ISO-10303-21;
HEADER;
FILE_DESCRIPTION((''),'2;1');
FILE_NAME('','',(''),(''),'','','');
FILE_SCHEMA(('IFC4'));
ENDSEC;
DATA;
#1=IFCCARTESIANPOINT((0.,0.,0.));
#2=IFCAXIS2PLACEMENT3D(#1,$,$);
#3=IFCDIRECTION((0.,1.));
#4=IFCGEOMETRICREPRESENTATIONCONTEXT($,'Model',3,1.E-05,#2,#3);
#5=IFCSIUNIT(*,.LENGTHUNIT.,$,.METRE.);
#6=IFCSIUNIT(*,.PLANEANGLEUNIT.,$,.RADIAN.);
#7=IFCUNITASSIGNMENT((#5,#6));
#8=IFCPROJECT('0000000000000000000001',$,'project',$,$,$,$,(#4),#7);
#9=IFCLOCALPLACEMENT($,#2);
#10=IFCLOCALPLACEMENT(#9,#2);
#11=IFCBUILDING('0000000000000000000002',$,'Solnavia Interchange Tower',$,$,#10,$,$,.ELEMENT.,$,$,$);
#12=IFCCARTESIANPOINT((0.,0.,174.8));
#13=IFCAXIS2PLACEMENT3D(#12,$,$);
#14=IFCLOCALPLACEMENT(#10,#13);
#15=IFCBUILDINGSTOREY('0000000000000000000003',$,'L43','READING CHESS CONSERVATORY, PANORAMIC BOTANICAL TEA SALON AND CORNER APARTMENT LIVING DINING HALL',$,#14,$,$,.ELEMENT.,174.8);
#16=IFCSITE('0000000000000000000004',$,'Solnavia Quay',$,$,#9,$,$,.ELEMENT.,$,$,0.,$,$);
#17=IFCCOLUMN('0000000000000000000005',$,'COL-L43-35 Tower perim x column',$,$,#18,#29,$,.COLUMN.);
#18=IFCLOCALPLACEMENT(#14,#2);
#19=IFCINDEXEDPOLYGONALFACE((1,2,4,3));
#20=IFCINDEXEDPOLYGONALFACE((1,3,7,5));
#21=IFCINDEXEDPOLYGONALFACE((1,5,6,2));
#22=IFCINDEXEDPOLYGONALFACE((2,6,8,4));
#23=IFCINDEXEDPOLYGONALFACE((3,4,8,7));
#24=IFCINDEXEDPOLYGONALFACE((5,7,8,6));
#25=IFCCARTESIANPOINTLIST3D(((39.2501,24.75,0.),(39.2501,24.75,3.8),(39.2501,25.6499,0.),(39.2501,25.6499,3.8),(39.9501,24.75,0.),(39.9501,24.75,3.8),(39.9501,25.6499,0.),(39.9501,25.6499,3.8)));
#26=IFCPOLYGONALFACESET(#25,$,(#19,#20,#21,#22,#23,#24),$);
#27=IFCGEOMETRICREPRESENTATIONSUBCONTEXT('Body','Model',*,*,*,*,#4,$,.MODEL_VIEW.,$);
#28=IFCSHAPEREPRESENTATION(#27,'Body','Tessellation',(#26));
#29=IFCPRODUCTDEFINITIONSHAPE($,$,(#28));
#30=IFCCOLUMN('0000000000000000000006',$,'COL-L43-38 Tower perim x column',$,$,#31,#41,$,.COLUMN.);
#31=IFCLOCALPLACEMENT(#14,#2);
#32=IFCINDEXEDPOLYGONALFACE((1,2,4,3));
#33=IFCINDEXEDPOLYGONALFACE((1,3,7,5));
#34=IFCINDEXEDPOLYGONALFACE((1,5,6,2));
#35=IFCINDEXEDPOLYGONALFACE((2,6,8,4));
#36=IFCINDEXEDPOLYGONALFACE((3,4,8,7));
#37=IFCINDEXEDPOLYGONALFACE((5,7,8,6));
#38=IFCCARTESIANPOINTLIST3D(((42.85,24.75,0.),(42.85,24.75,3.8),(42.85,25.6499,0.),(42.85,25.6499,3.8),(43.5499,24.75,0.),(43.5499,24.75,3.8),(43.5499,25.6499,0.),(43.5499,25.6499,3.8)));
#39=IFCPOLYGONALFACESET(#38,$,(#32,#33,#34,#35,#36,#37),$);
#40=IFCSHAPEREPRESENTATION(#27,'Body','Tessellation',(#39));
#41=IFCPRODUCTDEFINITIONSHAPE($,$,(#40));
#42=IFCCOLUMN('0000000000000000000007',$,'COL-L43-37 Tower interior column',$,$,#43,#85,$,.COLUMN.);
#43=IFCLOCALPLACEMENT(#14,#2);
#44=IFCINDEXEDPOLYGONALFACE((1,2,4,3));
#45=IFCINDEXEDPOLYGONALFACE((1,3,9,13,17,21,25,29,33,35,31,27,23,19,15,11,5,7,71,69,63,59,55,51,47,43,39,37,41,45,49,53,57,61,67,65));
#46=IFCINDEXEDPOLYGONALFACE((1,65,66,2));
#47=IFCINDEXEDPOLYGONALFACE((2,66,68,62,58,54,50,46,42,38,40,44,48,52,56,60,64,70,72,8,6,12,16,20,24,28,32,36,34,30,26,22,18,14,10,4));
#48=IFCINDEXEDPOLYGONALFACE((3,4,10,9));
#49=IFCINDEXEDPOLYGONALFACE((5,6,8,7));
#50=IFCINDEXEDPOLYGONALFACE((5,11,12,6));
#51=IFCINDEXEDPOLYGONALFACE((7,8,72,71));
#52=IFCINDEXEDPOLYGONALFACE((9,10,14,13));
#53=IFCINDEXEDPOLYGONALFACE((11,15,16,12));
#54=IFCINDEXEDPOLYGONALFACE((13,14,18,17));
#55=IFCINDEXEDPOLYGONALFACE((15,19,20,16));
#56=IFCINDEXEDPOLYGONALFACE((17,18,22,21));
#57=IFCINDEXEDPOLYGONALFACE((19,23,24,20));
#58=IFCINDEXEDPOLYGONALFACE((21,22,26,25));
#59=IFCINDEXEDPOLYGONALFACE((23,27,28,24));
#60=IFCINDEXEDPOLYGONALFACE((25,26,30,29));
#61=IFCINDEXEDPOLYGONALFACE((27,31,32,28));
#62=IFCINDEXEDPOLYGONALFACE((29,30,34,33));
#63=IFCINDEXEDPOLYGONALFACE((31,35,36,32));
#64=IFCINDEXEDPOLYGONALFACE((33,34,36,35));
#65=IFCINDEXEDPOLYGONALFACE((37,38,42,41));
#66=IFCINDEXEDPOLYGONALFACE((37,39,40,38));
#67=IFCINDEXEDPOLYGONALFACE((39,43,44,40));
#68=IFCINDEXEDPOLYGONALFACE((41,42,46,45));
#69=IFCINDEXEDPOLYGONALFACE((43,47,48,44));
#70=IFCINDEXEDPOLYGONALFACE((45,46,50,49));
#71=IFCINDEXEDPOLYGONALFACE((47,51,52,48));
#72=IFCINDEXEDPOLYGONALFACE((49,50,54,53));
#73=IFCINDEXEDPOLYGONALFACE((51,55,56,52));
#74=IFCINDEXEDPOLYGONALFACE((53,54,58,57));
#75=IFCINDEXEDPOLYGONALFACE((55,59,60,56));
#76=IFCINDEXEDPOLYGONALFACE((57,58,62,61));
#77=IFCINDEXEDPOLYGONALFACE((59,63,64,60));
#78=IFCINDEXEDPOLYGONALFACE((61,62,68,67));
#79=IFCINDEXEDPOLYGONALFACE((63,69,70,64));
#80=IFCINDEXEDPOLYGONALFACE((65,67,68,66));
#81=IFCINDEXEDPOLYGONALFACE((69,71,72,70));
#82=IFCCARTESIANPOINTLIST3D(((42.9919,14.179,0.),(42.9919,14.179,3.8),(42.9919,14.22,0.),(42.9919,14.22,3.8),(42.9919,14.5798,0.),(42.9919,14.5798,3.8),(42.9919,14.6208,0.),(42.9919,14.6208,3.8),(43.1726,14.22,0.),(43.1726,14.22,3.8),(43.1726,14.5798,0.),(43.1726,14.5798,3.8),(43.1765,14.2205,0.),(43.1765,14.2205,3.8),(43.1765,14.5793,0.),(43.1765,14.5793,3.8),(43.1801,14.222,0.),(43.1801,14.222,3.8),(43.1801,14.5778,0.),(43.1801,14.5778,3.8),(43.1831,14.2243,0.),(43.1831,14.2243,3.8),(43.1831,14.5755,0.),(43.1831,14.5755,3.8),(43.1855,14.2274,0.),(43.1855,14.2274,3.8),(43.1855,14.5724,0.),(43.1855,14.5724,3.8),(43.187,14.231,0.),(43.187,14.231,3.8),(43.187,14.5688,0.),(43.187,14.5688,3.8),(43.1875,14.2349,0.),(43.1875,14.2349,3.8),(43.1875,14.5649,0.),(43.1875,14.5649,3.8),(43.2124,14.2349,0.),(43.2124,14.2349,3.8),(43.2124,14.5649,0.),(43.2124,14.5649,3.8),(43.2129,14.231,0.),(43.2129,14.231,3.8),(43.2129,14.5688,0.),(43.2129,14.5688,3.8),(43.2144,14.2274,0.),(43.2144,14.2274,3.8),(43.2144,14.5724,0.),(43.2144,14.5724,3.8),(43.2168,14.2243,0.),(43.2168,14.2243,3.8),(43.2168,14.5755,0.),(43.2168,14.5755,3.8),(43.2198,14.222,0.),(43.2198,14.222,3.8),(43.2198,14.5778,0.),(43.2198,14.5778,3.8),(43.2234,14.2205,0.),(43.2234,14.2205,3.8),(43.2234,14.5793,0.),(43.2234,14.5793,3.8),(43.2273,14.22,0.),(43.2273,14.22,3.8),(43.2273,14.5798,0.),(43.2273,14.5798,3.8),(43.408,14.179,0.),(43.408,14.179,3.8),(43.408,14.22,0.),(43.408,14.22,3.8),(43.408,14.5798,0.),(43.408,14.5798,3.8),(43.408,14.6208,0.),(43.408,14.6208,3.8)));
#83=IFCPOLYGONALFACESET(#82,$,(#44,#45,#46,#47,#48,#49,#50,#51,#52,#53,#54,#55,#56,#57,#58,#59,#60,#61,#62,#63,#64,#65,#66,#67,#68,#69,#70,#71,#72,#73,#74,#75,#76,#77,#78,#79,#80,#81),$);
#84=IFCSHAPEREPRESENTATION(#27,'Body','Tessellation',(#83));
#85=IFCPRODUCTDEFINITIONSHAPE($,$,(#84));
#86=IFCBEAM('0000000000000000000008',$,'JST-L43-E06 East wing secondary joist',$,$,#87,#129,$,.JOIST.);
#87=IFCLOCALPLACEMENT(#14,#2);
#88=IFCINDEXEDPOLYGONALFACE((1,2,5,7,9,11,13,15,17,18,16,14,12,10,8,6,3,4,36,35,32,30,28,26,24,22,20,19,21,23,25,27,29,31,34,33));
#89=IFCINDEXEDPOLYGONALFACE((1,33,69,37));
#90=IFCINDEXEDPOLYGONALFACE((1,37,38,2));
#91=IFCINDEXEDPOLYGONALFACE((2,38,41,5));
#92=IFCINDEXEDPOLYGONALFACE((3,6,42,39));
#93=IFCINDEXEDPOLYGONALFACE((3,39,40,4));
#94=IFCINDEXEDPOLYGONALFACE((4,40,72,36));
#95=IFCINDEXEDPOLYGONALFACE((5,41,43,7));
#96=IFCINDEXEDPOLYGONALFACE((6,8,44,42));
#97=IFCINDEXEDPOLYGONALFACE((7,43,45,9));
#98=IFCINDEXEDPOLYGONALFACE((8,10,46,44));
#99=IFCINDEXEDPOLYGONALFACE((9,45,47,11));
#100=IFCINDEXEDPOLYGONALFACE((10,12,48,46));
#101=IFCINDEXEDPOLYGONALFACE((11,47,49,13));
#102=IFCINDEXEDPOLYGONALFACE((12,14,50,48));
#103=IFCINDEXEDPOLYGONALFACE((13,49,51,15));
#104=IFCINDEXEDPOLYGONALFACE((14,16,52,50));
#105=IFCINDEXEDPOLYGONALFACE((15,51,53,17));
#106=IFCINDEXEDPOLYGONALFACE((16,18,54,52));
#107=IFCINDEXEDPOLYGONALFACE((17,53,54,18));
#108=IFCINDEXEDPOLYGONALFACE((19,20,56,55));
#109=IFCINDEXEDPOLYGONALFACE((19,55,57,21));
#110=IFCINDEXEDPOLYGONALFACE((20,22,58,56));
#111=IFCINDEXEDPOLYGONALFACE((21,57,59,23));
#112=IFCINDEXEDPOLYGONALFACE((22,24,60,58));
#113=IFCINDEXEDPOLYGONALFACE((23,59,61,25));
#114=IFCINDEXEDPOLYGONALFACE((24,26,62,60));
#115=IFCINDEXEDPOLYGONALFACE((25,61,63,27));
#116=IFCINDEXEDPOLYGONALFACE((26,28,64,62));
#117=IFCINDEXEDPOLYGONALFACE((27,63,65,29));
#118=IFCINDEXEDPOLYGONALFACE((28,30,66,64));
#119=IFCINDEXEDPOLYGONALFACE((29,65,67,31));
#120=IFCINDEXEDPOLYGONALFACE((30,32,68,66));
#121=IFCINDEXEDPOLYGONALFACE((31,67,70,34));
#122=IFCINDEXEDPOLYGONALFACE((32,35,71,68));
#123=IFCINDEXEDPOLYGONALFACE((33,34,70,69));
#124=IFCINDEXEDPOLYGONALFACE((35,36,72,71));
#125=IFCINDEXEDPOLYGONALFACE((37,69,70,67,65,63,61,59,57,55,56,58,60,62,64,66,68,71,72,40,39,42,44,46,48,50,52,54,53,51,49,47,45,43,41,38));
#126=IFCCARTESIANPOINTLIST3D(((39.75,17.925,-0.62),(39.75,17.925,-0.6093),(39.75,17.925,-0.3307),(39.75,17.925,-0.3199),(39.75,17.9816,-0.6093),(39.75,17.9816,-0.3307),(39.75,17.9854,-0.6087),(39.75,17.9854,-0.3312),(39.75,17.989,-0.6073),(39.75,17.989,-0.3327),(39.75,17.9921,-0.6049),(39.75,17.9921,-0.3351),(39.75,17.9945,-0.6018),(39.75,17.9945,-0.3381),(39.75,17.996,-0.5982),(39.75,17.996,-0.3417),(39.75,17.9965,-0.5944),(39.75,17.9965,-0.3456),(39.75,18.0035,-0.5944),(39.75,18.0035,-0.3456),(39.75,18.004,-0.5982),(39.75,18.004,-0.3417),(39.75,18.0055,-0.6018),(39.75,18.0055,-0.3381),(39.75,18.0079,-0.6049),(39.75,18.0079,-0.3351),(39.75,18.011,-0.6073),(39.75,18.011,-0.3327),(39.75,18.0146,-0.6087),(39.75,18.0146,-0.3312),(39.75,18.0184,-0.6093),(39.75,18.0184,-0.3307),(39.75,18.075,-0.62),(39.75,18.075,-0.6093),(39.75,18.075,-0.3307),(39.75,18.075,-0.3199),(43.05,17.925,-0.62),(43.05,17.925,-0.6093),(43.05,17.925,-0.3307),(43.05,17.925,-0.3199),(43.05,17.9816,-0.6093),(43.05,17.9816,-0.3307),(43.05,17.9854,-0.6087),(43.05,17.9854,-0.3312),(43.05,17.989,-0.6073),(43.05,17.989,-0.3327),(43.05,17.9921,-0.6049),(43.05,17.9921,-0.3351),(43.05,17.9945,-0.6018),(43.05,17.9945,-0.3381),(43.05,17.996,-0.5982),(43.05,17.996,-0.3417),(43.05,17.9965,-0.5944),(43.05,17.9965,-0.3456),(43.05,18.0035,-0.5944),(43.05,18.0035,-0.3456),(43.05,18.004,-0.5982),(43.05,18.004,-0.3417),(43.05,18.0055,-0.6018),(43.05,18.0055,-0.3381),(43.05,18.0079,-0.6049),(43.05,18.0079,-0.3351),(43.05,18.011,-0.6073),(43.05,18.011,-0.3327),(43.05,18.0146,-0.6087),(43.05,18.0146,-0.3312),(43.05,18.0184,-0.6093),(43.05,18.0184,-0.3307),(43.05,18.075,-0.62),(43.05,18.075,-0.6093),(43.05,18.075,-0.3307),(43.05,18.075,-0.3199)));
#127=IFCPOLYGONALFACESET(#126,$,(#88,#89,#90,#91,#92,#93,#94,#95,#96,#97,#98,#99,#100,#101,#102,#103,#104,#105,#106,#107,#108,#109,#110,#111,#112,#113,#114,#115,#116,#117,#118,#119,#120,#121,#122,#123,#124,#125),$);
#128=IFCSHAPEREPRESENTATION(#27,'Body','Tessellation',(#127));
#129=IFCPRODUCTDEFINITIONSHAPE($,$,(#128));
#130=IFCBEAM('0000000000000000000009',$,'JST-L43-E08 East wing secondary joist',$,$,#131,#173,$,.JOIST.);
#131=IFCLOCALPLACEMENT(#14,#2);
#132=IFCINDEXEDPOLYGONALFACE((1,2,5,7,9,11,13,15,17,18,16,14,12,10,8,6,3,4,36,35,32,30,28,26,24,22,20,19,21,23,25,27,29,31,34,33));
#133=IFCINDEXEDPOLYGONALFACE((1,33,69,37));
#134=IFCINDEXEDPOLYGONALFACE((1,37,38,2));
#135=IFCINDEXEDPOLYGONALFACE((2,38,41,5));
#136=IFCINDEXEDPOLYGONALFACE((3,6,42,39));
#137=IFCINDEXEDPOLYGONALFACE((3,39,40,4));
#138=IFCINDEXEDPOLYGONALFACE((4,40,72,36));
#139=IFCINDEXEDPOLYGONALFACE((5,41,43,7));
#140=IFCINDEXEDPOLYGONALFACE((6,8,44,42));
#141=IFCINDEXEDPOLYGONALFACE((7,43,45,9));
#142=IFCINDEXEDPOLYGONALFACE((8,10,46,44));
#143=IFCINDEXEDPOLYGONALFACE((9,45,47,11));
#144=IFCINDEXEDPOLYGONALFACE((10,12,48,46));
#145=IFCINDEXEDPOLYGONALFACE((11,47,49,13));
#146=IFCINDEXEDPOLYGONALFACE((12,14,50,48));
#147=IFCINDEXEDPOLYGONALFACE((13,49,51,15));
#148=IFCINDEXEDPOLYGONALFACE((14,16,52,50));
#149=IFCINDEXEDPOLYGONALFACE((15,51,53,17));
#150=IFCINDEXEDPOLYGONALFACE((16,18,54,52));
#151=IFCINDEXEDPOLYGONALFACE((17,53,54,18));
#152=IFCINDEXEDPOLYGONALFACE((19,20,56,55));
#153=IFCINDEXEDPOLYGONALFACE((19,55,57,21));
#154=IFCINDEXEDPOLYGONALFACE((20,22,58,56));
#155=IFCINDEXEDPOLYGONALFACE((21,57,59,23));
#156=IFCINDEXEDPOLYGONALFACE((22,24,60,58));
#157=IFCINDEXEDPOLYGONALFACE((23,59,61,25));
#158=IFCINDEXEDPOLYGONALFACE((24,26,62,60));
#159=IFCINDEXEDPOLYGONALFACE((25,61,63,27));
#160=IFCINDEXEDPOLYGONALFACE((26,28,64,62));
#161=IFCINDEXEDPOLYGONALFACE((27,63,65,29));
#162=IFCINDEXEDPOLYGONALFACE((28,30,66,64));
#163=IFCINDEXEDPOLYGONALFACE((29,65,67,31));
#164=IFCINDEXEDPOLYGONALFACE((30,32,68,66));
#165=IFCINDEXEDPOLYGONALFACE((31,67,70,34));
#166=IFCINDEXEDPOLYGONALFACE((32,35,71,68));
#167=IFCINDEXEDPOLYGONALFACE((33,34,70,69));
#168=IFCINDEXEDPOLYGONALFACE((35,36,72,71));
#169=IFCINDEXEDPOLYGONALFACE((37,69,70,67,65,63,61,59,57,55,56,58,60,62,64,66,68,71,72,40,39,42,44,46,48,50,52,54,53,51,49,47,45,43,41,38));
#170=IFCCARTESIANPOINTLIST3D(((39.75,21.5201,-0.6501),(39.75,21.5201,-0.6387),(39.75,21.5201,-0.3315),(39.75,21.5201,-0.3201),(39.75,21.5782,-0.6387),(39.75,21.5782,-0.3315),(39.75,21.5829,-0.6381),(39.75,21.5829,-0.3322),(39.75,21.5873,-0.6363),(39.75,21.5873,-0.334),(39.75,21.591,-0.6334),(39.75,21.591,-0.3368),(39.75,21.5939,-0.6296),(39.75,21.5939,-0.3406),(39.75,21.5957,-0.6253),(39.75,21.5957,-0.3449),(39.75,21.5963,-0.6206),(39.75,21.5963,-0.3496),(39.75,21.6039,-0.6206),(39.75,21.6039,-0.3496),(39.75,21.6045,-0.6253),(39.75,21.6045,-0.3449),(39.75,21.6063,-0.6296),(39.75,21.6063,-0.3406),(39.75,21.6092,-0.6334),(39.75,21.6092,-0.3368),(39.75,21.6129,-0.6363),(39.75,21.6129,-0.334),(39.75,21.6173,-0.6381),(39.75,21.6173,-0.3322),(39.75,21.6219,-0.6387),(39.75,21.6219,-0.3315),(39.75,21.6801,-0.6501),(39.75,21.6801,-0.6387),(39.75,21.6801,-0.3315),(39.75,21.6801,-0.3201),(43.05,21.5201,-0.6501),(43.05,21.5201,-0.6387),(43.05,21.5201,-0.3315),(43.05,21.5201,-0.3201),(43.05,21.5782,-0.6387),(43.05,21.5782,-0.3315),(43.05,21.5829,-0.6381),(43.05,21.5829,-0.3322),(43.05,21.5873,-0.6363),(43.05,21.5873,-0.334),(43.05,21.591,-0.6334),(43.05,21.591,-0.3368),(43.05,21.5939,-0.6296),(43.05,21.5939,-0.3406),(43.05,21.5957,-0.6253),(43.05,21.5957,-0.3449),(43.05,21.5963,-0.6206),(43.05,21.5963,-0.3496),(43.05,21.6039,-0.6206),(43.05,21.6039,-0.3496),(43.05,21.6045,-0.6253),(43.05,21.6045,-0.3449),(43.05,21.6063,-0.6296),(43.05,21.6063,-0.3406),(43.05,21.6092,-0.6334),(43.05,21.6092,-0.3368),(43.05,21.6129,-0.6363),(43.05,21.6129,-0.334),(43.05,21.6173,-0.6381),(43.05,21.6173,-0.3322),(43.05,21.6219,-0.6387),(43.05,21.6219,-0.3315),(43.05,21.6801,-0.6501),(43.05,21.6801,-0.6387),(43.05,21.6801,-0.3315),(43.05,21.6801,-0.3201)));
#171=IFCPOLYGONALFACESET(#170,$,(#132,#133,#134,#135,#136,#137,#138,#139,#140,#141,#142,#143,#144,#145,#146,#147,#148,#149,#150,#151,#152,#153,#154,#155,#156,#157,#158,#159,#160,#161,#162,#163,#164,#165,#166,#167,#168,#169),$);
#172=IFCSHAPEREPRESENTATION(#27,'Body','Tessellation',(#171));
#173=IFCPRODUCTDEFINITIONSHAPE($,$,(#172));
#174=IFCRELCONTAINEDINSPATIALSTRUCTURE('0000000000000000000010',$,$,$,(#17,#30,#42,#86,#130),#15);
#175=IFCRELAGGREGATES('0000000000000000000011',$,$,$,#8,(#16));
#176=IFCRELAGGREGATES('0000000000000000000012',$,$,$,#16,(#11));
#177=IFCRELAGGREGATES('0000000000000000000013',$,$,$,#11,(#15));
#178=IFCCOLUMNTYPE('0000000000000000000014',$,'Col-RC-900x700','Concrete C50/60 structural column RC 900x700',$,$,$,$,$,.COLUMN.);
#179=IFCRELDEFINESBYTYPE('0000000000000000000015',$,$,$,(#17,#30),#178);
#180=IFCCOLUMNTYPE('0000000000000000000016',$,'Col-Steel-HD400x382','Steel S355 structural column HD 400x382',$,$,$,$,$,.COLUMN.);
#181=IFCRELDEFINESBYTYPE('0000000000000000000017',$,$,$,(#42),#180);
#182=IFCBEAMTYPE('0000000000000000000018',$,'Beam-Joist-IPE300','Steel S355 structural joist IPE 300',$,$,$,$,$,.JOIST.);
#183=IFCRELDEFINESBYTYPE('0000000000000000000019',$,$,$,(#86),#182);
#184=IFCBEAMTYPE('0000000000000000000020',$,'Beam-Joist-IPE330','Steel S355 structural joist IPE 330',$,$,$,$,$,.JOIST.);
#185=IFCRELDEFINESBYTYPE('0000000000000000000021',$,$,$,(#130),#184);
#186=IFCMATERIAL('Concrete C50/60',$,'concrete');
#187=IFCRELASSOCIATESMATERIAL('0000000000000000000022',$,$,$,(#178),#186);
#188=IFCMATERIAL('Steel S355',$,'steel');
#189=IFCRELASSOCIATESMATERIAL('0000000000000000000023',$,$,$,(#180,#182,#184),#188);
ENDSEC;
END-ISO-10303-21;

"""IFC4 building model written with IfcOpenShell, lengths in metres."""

from ifc_helpers import new_model, si_unit, direction, frame, origin, origin_2d, place, context, subcontext, project, spatial, rectangle, i_section, extrude, material, material_profile, profile_set, type_object, element, save


model = new_model("IFC4")

# Units and contexts
model_context = context("Model", 3, precision=1e-05, world=origin(), true_north=direction((0.0, 1.0)))
body_context = subcontext(model_context, "Body", "Model", "MODEL_VIEW")
ifc_project = project(units=[si_unit("LENGTHUNIT", "METRE"), si_unit("PLANEANGLEUNIT", "RADIAN")], contexts=[model_context])

# Site, building, storey
site_placement = place(None, origin())
site = spatial("IfcSite", under=ifc_project, at=site_placement, Name="Solnavia Quay", CompositionType="ELEMENT", RefElevation=0.0)
building_placement = place(site_placement, origin())
building = spatial("IfcBuilding", under=site, at=building_placement, Name="Solnavia Interchange Tower", CompositionType="ELEMENT")
storey_placement = place(building_placement, frame((0.0, 0.0, 174.8)))
storey = spatial("IfcBuildingStorey", under=building, at=storey_placement, Name="L43", Description="READING CHESS CONSERVATORY, PANORAMIC BOTANICAL TEA SALON AND CORNER APARTMENT LIVING DINING HALL", CompositionType="ELEMENT", Elevation=174.8)

# Columns
ifc_material_1 = material(Name="Concrete C50/60", Category="concrete")
ifc_material_profile_1 = material_profile(ifc_material_1, rectangle(XDim=0.7, YDim=0.8999, at=origin_2d()), Name="RC 900x700")
ifc_profile_set_1 = profile_set([ifc_material_profile_1], Name="Concrete C50/60")
column_type_1 = type_object("IfcColumnType", Name="Col-RC-900x700", Description="Concrete C50/60 structural column RC 900x700", PredefinedType="COLUMN", material=ifc_profile_set_1)
for number, where, z_axis, x_axis, name in (
    (1, (39.6001, 25.2, 0.0), (0.0, 0.0, 1.0), (1.0, 0.0, 0.0), "COL-L43-35 Tower perim x column"),
    (2, (43.2, 25.2, 0.0), (0.0, 0.0, 1.0), (1.0, 0.0, 0.0), "COL-L43-38 Tower perim x column"),
):
    element("IfcColumn", number, at=place(storey_placement, frame(where, z_axis=z_axis, x_axis=x_axis)), inside=storey, type_object=column_type_1, Name=name, PredefinedType="COLUMN", context=body_context, shape_type="SweptSolid", body=[
        extrude(rectangle(XDim=0.7, YDim=0.8999, at=origin_2d()), origin(), (0.0, 0.0, 1.0), 3.8),
    ])
ifc_material_2 = material(Name="Steel S355", Category="steel")
ifc_material_profile_2 = material_profile(ifc_material_2, i_section(OverallWidth=0.416, OverallDepth=0.4419, WebThickness=0.0249, FlangeThickness=0.041, FilletRadius=0.0149, at=origin_2d()), Name="HD 400x382")
ifc_profile_set_2 = profile_set([ifc_material_profile_2], Name="Steel S355")
column_type_2 = type_object("IfcColumnType", Name="Col-Steel-HD400x382", Description="Steel S355 structural column HD 400x382", PredefinedType="COLUMN", material=ifc_profile_set_2)
column_placement = place(storey_placement, frame((43.2, 14.3999, 0.0), z_axis=(0.0, 0.0, 1.0), x_axis=(1.0, 0.0, 0.0)))
element("IfcColumn", 3, at=column_placement, inside=storey, type_object=column_type_2, Name="COL-L43-37 Tower interior column", PredefinedType="COLUMN", context=body_context, shape_type="SweptSolid", body=[
    extrude(i_section(OverallWidth=0.416, OverallDepth=0.4419, WebThickness=0.0249, FlangeThickness=0.041, FilletRadius=0.0149, at=origin_2d()), origin(), (0.0, 0.0, 1.0), 3.8),
])

# Beams
ifc_material_profile_3 = material_profile(ifc_material_2, i_section(OverallWidth=0.1499, OverallDepth=0.3, WebThickness=0.0071, FlangeThickness=0.0107, FilletRadius=0.0149, at=origin_2d()), Name="IPE 300")
ifc_profile_set_3 = profile_set([ifc_material_profile_3], Name="Steel S355")
beam_type_1 = type_object("IfcBeamType", Name="Beam-Joist-IPE300", Description="Steel S355 structural joist IPE 300", PredefinedType="JOIST", material=ifc_profile_set_3)
beam_1_placement = place(storey_placement, frame((39.75, 18.0, -0.47), z_axis=(1.0, 0.0, 0.0), x_axis=(0.0, 1.0, 0.0)))
element("IfcBeam", 4, at=beam_1_placement, inside=storey, type_object=beam_type_1, Name="JST-L43-E06 East wing secondary joist", PredefinedType="JOIST", context=body_context, shape_type="SweptSolid", body=[
    extrude(i_section(OverallWidth=0.1499, OverallDepth=0.3, WebThickness=0.0071, FlangeThickness=0.0107, FilletRadius=0.0149, at=origin_2d()), origin(), (0.0, 0.0, 1.0), 3.3),
])
ifc_material_profile_4 = material_profile(ifc_material_2, i_section(OverallWidth=0.1599, OverallDepth=0.3301, WebThickness=0.0076, FlangeThickness=0.0115, FilletRadius=0.0181, at=origin_2d()), Name="IPE 330")
ifc_profile_set_4 = profile_set([ifc_material_profile_4], Name="Steel S355")
beam_type_2 = type_object("IfcBeamType", Name="Beam-Joist-IPE330", Description="Steel S355 structural joist IPE 330", PredefinedType="JOIST", material=ifc_profile_set_4)
beam_2_placement = place(storey_placement, frame((39.75, 21.6001, -0.4851), z_axis=(1.0, 0.0, 0.0), x_axis=(0.0, 1.0, 0.0)))
element("IfcBeam", 5, at=beam_2_placement, inside=storey, type_object=beam_type_2, Name="JST-L43-E08 East wing secondary joist", PredefinedType="JOIST", context=body_context, shape_type="SweptSolid", body=[
    extrude(i_section(OverallWidth=0.1599, OverallDepth=0.3301, WebThickness=0.0076, FlangeThickness=0.0115, FilletRadius=0.0181, at=origin_2d()), origin(), (0.0, 0.0, 1.0), 3.3),
])

save(model, "model.ifc")
